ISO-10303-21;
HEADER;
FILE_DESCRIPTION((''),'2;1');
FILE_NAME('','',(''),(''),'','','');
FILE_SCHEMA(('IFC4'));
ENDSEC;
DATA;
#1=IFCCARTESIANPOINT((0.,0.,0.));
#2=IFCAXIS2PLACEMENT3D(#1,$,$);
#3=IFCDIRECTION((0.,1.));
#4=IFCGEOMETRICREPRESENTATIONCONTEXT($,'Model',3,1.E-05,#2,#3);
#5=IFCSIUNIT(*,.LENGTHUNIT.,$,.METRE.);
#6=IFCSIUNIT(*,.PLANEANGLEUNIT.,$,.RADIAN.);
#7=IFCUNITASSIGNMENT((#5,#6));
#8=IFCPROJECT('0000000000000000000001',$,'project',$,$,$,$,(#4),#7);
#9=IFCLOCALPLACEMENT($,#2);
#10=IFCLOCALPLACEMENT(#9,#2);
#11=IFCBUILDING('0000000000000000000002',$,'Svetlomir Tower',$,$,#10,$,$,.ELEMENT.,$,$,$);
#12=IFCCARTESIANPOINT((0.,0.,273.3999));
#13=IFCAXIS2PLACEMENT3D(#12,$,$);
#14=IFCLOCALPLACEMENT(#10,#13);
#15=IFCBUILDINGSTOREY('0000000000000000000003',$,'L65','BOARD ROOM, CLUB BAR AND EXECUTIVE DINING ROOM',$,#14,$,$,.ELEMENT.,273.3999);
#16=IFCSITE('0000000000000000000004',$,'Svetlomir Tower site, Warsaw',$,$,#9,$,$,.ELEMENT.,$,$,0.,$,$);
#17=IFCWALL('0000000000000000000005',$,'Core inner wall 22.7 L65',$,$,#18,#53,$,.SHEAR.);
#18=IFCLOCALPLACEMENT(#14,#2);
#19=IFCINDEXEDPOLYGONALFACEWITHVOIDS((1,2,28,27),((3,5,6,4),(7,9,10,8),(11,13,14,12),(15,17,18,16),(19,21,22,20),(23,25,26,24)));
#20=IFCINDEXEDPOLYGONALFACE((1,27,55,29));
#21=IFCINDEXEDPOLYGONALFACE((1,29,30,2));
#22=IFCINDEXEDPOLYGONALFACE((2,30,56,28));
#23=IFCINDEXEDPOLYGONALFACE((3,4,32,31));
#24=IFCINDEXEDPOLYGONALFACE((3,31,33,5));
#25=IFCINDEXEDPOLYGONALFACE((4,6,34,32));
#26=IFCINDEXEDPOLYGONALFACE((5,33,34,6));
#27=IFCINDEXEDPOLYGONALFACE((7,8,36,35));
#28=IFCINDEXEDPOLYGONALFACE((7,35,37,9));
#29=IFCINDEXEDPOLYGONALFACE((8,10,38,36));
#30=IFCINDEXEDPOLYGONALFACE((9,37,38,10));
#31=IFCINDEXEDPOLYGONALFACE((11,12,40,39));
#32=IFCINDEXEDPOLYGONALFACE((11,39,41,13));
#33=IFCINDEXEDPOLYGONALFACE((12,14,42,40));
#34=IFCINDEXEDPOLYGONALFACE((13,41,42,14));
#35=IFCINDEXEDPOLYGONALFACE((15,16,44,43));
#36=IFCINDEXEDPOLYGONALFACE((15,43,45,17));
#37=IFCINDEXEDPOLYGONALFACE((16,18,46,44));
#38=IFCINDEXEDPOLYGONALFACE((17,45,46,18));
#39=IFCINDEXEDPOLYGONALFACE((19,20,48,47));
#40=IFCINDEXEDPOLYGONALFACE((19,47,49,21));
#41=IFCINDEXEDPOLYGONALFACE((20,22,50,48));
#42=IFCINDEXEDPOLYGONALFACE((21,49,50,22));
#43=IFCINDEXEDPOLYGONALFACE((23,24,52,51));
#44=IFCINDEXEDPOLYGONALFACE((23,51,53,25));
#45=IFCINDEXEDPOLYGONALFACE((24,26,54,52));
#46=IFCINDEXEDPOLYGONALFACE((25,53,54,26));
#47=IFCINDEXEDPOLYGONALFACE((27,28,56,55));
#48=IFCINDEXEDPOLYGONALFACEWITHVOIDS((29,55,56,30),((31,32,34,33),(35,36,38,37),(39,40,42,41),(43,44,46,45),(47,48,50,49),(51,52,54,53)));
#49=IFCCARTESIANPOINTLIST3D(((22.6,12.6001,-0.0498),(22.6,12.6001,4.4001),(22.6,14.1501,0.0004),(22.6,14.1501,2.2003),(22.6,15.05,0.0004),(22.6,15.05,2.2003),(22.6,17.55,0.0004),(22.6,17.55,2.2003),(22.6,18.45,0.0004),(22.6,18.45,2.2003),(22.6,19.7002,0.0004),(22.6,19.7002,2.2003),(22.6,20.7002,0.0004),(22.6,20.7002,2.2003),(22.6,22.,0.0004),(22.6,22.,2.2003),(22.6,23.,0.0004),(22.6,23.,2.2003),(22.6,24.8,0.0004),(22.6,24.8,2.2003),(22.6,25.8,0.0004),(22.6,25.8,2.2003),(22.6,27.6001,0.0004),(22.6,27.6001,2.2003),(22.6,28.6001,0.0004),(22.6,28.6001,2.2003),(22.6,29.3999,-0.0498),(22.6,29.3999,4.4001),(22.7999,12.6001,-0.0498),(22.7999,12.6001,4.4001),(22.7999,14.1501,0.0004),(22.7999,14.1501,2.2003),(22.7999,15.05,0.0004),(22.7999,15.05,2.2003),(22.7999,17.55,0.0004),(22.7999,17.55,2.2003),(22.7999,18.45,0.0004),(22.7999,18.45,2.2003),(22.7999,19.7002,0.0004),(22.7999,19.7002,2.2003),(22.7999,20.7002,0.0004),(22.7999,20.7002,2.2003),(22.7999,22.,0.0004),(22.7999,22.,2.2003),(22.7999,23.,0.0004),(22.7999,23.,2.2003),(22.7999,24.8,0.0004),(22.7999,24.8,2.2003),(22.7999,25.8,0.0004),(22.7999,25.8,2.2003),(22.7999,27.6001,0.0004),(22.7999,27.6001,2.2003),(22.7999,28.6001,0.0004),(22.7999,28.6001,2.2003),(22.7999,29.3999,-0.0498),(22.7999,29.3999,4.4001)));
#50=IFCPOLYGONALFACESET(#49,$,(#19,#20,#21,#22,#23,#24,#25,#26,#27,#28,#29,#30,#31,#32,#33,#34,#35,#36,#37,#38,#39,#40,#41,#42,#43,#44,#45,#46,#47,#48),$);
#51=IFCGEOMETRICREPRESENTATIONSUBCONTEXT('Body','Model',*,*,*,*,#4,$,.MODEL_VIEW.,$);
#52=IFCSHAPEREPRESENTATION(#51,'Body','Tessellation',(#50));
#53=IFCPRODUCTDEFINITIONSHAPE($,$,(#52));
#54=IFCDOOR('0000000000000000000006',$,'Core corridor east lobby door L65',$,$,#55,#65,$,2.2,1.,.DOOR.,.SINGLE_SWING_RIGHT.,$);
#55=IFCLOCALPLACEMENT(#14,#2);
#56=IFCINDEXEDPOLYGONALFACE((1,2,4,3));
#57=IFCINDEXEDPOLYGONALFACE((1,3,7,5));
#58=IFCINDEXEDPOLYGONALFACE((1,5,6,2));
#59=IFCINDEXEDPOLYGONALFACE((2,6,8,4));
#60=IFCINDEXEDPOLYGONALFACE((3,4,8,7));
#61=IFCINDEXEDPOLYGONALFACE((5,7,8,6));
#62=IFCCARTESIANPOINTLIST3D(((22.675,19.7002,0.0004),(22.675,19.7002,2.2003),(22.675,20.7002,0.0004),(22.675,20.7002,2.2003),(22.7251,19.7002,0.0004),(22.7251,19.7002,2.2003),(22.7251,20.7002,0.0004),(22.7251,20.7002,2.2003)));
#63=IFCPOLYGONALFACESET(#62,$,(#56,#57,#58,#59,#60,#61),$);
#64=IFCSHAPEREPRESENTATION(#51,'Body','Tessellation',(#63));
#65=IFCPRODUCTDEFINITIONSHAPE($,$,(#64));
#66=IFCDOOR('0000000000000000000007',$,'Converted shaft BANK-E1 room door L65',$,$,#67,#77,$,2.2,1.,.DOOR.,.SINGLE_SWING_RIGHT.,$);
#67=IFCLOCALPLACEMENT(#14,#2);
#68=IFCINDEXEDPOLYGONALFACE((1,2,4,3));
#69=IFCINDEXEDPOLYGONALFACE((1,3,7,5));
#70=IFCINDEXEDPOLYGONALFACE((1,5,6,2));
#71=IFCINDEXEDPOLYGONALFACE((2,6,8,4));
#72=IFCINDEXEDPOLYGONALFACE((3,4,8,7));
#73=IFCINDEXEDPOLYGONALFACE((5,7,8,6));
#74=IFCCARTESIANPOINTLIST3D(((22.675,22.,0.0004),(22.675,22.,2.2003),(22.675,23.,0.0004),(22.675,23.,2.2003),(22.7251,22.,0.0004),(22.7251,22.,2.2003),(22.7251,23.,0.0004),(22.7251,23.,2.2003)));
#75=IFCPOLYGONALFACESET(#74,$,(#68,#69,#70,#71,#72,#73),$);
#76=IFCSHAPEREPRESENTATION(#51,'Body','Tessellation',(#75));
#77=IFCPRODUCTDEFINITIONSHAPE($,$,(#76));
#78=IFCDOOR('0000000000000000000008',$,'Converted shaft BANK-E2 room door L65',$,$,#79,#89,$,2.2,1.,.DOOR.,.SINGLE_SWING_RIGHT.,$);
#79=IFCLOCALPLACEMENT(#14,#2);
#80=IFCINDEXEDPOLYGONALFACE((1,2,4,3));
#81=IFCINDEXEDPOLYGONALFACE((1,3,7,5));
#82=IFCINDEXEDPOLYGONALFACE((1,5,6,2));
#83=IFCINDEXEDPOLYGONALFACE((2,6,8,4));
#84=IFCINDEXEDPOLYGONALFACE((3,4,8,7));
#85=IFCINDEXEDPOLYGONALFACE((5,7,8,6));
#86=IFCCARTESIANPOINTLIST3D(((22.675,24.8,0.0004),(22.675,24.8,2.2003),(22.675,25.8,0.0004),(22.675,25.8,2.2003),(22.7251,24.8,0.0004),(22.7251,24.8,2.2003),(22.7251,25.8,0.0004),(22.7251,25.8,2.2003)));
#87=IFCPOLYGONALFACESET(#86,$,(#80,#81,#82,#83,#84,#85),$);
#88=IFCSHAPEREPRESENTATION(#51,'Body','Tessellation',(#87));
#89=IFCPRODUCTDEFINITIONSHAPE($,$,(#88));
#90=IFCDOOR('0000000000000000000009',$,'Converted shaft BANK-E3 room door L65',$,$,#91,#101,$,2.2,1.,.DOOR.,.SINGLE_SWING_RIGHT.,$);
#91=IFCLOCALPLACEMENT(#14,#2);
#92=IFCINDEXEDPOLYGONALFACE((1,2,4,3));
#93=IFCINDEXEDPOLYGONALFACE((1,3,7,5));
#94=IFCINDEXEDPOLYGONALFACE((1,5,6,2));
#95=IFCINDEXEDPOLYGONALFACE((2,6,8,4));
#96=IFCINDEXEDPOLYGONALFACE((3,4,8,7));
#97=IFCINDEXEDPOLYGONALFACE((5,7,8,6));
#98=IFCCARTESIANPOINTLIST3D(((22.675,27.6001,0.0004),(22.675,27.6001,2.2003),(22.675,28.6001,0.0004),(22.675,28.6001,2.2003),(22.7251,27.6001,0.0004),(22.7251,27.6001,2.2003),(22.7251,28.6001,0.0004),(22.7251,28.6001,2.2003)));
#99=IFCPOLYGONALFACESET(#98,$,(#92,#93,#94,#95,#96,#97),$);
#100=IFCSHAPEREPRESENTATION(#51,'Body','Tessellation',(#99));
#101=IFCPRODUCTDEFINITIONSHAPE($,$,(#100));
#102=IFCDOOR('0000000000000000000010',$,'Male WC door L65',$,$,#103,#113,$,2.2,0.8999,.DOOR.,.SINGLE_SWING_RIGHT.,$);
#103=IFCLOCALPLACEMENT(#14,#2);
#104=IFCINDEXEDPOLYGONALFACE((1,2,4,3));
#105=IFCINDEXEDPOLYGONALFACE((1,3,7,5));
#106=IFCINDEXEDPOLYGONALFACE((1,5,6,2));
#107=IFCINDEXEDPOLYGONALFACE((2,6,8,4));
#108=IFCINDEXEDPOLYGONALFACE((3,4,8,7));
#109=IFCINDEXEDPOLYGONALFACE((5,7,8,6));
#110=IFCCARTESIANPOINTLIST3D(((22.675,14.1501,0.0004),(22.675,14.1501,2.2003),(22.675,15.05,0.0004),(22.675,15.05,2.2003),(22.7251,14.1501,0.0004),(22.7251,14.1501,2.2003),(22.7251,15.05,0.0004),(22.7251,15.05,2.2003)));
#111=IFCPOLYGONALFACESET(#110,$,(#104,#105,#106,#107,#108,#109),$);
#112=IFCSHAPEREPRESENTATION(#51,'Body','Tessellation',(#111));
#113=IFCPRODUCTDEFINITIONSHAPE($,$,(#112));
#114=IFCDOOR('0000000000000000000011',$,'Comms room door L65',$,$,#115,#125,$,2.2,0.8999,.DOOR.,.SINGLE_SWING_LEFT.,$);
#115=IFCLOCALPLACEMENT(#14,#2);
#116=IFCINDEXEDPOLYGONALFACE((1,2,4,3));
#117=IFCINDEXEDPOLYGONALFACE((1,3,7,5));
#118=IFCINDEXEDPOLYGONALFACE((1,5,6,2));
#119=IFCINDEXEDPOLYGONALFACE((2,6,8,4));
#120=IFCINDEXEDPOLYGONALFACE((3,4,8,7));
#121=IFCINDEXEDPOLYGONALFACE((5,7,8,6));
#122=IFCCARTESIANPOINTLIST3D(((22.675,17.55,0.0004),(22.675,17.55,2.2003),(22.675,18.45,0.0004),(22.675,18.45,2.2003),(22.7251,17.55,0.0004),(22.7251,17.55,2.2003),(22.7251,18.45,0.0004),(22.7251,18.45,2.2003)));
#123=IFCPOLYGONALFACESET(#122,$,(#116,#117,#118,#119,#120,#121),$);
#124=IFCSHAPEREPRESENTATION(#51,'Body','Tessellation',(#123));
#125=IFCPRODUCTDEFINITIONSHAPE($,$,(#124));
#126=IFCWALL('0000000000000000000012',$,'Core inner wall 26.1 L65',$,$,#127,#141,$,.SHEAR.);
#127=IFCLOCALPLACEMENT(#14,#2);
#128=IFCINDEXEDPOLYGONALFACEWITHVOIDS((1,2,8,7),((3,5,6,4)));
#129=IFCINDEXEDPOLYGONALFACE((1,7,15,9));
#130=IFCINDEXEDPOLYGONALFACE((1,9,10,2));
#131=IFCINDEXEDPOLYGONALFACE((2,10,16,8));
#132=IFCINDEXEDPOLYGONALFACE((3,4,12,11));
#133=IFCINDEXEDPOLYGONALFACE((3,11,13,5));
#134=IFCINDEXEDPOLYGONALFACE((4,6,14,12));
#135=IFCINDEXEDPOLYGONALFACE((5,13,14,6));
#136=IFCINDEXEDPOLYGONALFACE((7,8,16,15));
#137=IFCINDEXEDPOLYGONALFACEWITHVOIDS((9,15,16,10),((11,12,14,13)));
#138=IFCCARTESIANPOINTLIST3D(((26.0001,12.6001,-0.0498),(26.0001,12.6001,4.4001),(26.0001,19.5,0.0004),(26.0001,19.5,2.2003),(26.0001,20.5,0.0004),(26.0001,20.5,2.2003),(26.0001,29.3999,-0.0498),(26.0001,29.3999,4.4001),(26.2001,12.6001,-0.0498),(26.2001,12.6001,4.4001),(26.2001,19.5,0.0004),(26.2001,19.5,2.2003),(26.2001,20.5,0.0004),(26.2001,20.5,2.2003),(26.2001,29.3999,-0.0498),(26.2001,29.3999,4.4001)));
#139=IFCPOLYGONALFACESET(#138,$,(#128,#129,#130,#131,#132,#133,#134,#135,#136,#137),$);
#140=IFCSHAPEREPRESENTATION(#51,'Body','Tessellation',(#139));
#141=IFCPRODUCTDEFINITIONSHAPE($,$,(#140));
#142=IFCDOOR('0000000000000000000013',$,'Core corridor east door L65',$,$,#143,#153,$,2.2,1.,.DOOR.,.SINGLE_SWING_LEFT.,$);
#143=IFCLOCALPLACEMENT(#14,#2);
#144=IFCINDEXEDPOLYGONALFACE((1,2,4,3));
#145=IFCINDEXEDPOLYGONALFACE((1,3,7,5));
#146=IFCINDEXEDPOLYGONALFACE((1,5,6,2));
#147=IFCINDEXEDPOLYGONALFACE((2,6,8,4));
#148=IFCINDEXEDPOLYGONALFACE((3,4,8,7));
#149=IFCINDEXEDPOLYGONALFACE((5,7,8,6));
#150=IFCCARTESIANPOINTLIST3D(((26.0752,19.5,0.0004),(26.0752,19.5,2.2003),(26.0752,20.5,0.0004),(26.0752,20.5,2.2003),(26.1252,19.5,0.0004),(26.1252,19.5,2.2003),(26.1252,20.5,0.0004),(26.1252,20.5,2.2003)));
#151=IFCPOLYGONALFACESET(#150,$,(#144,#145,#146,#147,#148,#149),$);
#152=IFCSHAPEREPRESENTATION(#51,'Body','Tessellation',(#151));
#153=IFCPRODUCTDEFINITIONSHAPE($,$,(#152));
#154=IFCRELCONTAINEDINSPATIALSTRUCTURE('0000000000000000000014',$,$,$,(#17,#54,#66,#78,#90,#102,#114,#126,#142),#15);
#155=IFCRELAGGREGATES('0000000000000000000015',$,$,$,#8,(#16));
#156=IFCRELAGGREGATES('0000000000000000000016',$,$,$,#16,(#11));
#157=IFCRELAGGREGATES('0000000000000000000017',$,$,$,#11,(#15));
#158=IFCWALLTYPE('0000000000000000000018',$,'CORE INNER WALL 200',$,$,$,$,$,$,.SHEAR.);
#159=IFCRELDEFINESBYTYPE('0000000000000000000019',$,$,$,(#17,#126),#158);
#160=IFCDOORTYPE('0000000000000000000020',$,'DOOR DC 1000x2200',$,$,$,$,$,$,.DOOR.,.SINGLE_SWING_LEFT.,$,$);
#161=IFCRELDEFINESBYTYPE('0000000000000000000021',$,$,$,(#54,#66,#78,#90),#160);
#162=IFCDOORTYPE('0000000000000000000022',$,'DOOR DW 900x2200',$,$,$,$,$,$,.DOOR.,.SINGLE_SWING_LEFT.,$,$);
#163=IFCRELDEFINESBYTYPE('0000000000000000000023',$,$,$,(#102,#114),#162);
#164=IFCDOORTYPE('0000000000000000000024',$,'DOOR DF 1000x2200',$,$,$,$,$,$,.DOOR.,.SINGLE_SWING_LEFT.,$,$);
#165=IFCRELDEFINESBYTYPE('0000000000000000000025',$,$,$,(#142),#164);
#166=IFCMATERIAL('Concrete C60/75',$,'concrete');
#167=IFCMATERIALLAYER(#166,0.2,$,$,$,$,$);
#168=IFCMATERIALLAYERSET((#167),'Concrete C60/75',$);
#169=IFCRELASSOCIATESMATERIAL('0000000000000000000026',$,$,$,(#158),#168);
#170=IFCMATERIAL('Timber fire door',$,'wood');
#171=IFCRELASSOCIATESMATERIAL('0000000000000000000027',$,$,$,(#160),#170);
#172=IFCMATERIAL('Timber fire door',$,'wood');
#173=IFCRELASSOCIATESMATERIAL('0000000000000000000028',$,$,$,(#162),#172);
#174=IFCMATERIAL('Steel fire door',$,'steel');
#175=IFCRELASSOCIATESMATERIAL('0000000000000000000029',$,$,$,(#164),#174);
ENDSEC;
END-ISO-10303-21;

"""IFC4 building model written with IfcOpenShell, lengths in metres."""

from ifc_helpers import new_model, si_unit, direction, frame, frame_2d, origin, place, context, subcontext, project, spatial, rectangle, extrude, material, layer, layer_set, type_object, element, fill, save


model = new_model("IFC4")

# Units and contexts
model_context = context("Model", 3, precision=1e-05, world=origin(), true_north=direction((0.0, 1.0)))
body_context = subcontext(model_context, "Body", "Model", "MODEL_VIEW")
ifc_project = project(units=[si_unit("LENGTHUNIT", "METRE"), si_unit("PLANEANGLEUNIT", "RADIAN")], contexts=[model_context])

# Site, building, storey
site_placement = place(None, origin())
site = spatial("IfcSite", under=ifc_project, at=site_placement, Name="Svetlomir Tower site, Warsaw", CompositionType="ELEMENT", RefElevation=0.0)
building_placement = place(site_placement, origin())
building = spatial("IfcBuilding", under=site, at=building_placement, Name="Svetlomir Tower", CompositionType="ELEMENT")
storey_placement = place(building_placement, frame((0.0, 0.0, 273.3999)))
storey = spatial("IfcBuildingStorey", under=building, at=storey_placement, Name="L65", Description="BOARD ROOM, CLUB BAR AND EXECUTIVE DINING ROOM", CompositionType="ELEMENT", Elevation=273.3999)

# Wall, openings, doors
ifc_material_1 = material(Name="Concrete C60/75", Category="concrete")
ifc_layer_1 = layer(ifc_material_1, 0.2)
ifc_layer_set_1 = layer_set([ifc_layer_1], Name="Concrete C60/75")
wall_type_1 = type_object("IfcWallType", Name="CORE INNER WALL 200", PredefinedType="SHEAR", material=ifc_layer_set_1)
ifc_material_2 = material(Name="Timber fire door", Category="wood")
door_type_1 = type_object("IfcDoorType", Name="DOOR DC 1000x2200", OperationType="SINGLE_SWING_LEFT", PredefinedType="DOOR", material=ifc_material_2)
ifc_material_3 = material(Name="Timber fire door", Category="wood")
door_type_2 = type_object("IfcDoorType", Name="DOOR DW 900x2200", OperationType="SINGLE_SWING_LEFT", PredefinedType="DOOR", material=ifc_material_3)
wall_1_placement = place(storey_placement, frame((22.7, 12.6001, -0.0498), z_axis=(0.0, 0.0, 1.0), x_axis=(0.0, 1.0, 0.0)))
wall_1 = element("IfcWall", 1, at=wall_1_placement, inside=storey, type_object=wall_type_1, Name="Core inner wall 22.7 L65", PredefinedType="SHEAR", context=body_context, shape_type="SweptSolid", body=[
    extrude(rectangle(XDim=16.7998, YDim=0.2, at=frame_2d((8.3999, 0.0))), origin(), (0.0, 0.0, 1.0), 4.45),
])
opening_1_placement = place(wall_1_placement, frame((7.1001, 0.0, 0.05)))
opening_1 = element("IfcOpeningElement", 2, at=opening_1_placement, cuts=wall_1, PredefinedType="OPENING", context=body_context, shape_type="SweptSolid", body=[
    extrude(rectangle(XDim=1.0, YDim=2.2, at=frame_2d((0.5, 1.1001))), frame((0.0, 0.1099, 0.0), z_axis=(0.0, -1.0, 0.0), x_axis=(1.0, 0.0, 0.0)), (0.0, 0.0, 1.0), 0.22),
])
opening_2_placement = place(wall_1_placement, frame((1.55, 0.0, 0.05)))
opening_2 = element("IfcOpeningElement", 3, at=opening_2_placement, cuts=wall_1, PredefinedType="OPENING", context=body_context, shape_type="SweptSolid", body=[
    extrude(rectangle(XDim=0.8999, YDim=2.2, at=frame_2d((0.45, 1.1001))), frame((0.0, 0.1099, 0.0), z_axis=(0.0, -1.0, 0.0), x_axis=(1.0, 0.0, 0.0)), (0.0, 0.0, 1.0), 0.22),
])
opening_3_placement = place(wall_1_placement, frame((4.95, 0.0, 0.05)))
opening_3 = element("IfcOpeningElement", 4, at=opening_3_placement, cuts=wall_1, PredefinedType="OPENING", context=body_context, shape_type="SweptSolid", body=[
    extrude(rectangle(XDim=0.8999, YDim=2.2, at=frame_2d((0.45, 1.1001))), frame((0.0, 0.1099, 0.0), z_axis=(0.0, -1.0, 0.0), x_axis=(1.0, 0.0, 0.0)), (0.0, 0.0, 1.0), 0.22),
])
opening_4_placement = place(wall_1_placement, frame((9.3999, 0.0, 0.05)))
opening_4 = element("IfcOpeningElement", 5, at=opening_4_placement, cuts=wall_1, PredefinedType="OPENING", context=body_context, shape_type="SweptSolid", body=[
    extrude(rectangle(XDim=1.0, YDim=2.2, at=frame_2d((0.5, 1.1001))), frame((0.0, 0.1099, 0.0), z_axis=(0.0, -1.0, 0.0), x_axis=(1.0, 0.0, 0.0)), (0.0, 0.0, 1.0), 0.22),
])
opening_5_placement = place(wall_1_placement, frame((12.2, 0.0, 0.05)))
opening_5 = element("IfcOpeningElement", 6, at=opening_5_placement, cuts=wall_1, PredefinedType="OPENING", context=body_context, shape_type="SweptSolid", body=[
    extrude(rectangle(XDim=1.0, YDim=2.2, at=frame_2d((0.5, 1.1001))), frame((0.0, 0.1099, 0.0), z_axis=(0.0, -1.0, 0.0), x_axis=(1.0, 0.0, 0.0)), (0.0, 0.0, 1.0), 0.22),
])
opening_6_placement = place(wall_1_placement, frame((15.0, 0.0, 0.05)))
opening_6 = element("IfcOpeningElement", 7, at=opening_6_placement, cuts=wall_1, PredefinedType="OPENING", context=body_context, shape_type="SweptSolid", body=[
    extrude(rectangle(XDim=1.0, YDim=2.2, at=frame_2d((0.5, 1.1001))), frame((0.0, 0.1099, 0.0), z_axis=(0.0, -1.0, 0.0), x_axis=(1.0, 0.0, 0.0)), (0.0, 0.0, 1.0), 0.22),
])
door_1_placement = place(opening_1_placement, origin())
door_1 = element("IfcDoor", 8, at=door_1_placement, inside=storey, type_object=door_type_1, Name="Core corridor east lobby door L65", OperationType="SINGLE_SWING_RIGHT", OverallHeight=2.2, OverallWidth=1.0, PredefinedType="DOOR", context=body_context, shape_type="SweptSolid", body=[
    extrude(rectangle(XDim=1.0, YDim=2.2, at=frame_2d((0.5, 1.1001))), frame((0.0, 0.0249, 0.0), z_axis=(0.0, -1.0, 0.0), x_axis=(1.0, 0.0, 0.0)), (0.0, 0.0, 1.0), 0.05),
])
fill(opening_1, door_1)
door_2_placement = place(opening_4_placement, origin())
door_2 = element("IfcDoor", 9, at=door_2_placement, inside=storey, type_object=door_type_1, Name="Converted shaft BANK-E1 room door L65", OperationType="SINGLE_SWING_RIGHT", OverallHeight=2.2, OverallWidth=1.0, PredefinedType="DOOR", context=body_context, shape_type="SweptSolid", body=[
    extrude(rectangle(XDim=1.0, YDim=2.2, at=frame_2d((0.5, 1.1001))), frame((0.0, 0.0249, 0.0), z_axis=(0.0, -1.0, 0.0), x_axis=(1.0, 0.0, 0.0)), (0.0, 0.0, 1.0), 0.05),
])
fill(opening_4, door_2)
door_3_placement = place(opening_5_placement, origin())
door_3 = element("IfcDoor", 10, at=door_3_placement, inside=storey, type_object=door_type_1, Name="Converted shaft BANK-E2 room door L65", OperationType="SINGLE_SWING_RIGHT", OverallHeight=2.2, OverallWidth=1.0, PredefinedType="DOOR", context=body_context, shape_type="SweptSolid", body=[
    extrude(rectangle(XDim=1.0, YDim=2.2, at=frame_2d((0.5, 1.1001))), frame((0.0, 0.0249, 0.0), z_axis=(0.0, -1.0, 0.0), x_axis=(1.0, 0.0, 0.0)), (0.0, 0.0, 1.0), 0.05),
])
fill(opening_5, door_3)
door_4_placement = place(opening_6_placement, origin())
door_4 = element("IfcDoor", 11, at=door_4_placement, inside=storey, type_object=door_type_1, Name="Converted shaft BANK-E3 room door L65", OperationType="SINGLE_SWING_RIGHT", OverallHeight=2.2, OverallWidth=1.0, PredefinedType="DOOR", context=body_context, shape_type="SweptSolid", body=[
    extrude(rectangle(XDim=1.0, YDim=2.2, at=frame_2d((0.5, 1.1001))), frame((0.0, 0.0249, 0.0), z_axis=(0.0, -1.0, 0.0), x_axis=(1.0, 0.0, 0.0)), (0.0, 0.0, 1.0), 0.05),
])
fill(opening_6, door_4)
door_5_placement = place(opening_2_placement, origin())
door_5 = element("IfcDoor", 12, at=door_5_placement, inside=storey, type_object=door_type_2, Name="Male WC door L65", OperationType="SINGLE_SWING_RIGHT", OverallHeight=2.2, OverallWidth=0.8999, PredefinedType="DOOR", context=body_context, shape_type="SweptSolid", body=[
    extrude(rectangle(XDim=0.8999, YDim=2.2, at=frame_2d((0.45, 1.1001))), frame((0.0, 0.0249, 0.0), z_axis=(0.0, -1.0, 0.0), x_axis=(1.0, 0.0, 0.0)), (0.0, 0.0, 1.0), 0.05),
])
fill(opening_2, door_5)
door_6_placement = place(opening_3_placement, origin())
door_6 = element("IfcDoor", 13, at=door_6_placement, inside=storey, type_object=door_type_2, Name="Comms room door L65", OperationType="SINGLE_SWING_LEFT", OverallHeight=2.2, OverallWidth=0.8999, PredefinedType="DOOR", context=body_context, shape_type="SweptSolid", body=[
    extrude(rectangle(XDim=0.8999, YDim=2.2, at=frame_2d((0.45, 1.1001))), frame((0.0, 0.0249, 0.0), z_axis=(0.0, -1.0, 0.0), x_axis=(1.0, 0.0, 0.0)), (0.0, 0.0, 1.0), 0.05),
])
fill(opening_3, door_6)

# Wall, opening, door
wall_2_placement = place(storey_placement, frame((26.1001, 12.6001, -0.0498), z_axis=(0.0, 0.0, 1.0), x_axis=(0.0, 1.0, 0.0)))
wall_2 = element("IfcWall", 14, at=wall_2_placement, inside=storey, type_object=wall_type_1, Name="Core inner wall 26.1 L65", PredefinedType="SHEAR", context=body_context, shape_type="SweptSolid", body=[
    extrude(rectangle(XDim=16.7998, YDim=0.2, at=frame_2d((8.3999, 0.0))), origin(), (0.0, 0.0, 1.0), 4.45),
])
opening_7_placement = place(wall_2_placement, frame((6.8999, 0.0, 0.05)))
opening_7 = element("IfcOpeningElement", 15, at=opening_7_placement, cuts=wall_2, PredefinedType="OPENING", context=body_context, shape_type="SweptSolid", body=[
    extrude(rectangle(XDim=1.0, YDim=2.2, at=frame_2d((0.5, 1.1001))), frame((0.0, 0.1099, 0.0), z_axis=(0.0, -1.0, 0.0), x_axis=(1.0, 0.0, 0.0)), (0.0, 0.0, 1.0), 0.22),
])
ifc_material_4 = material(Name="Steel fire door", Category="steel")
door_type_3 = type_object("IfcDoorType", Name="DOOR DF 1000x2200", OperationType="SINGLE_SWING_LEFT", PredefinedType="DOOR", material=ifc_material_4)
door_7_placement = place(opening_7_placement, origin())
door_7 = element("IfcDoor", 16, at=door_7_placement, inside=storey, type_object=door_type_3, Name="Core corridor east door L65", OperationType="SINGLE_SWING_LEFT", OverallHeight=2.2, OverallWidth=1.0, PredefinedType="DOOR", context=body_context, shape_type="SweptSolid", body=[
    extrude(rectangle(XDim=1.0, YDim=2.2, at=frame_2d((0.5, 1.1001))), frame((0.0, 0.0249, 0.0), z_axis=(0.0, -1.0, 0.0), x_axis=(1.0, 0.0, 0.0)), (0.0, 0.0, 1.0), 0.05),
])
fill(opening_7, door_7)

save(model, "model.ifc")
